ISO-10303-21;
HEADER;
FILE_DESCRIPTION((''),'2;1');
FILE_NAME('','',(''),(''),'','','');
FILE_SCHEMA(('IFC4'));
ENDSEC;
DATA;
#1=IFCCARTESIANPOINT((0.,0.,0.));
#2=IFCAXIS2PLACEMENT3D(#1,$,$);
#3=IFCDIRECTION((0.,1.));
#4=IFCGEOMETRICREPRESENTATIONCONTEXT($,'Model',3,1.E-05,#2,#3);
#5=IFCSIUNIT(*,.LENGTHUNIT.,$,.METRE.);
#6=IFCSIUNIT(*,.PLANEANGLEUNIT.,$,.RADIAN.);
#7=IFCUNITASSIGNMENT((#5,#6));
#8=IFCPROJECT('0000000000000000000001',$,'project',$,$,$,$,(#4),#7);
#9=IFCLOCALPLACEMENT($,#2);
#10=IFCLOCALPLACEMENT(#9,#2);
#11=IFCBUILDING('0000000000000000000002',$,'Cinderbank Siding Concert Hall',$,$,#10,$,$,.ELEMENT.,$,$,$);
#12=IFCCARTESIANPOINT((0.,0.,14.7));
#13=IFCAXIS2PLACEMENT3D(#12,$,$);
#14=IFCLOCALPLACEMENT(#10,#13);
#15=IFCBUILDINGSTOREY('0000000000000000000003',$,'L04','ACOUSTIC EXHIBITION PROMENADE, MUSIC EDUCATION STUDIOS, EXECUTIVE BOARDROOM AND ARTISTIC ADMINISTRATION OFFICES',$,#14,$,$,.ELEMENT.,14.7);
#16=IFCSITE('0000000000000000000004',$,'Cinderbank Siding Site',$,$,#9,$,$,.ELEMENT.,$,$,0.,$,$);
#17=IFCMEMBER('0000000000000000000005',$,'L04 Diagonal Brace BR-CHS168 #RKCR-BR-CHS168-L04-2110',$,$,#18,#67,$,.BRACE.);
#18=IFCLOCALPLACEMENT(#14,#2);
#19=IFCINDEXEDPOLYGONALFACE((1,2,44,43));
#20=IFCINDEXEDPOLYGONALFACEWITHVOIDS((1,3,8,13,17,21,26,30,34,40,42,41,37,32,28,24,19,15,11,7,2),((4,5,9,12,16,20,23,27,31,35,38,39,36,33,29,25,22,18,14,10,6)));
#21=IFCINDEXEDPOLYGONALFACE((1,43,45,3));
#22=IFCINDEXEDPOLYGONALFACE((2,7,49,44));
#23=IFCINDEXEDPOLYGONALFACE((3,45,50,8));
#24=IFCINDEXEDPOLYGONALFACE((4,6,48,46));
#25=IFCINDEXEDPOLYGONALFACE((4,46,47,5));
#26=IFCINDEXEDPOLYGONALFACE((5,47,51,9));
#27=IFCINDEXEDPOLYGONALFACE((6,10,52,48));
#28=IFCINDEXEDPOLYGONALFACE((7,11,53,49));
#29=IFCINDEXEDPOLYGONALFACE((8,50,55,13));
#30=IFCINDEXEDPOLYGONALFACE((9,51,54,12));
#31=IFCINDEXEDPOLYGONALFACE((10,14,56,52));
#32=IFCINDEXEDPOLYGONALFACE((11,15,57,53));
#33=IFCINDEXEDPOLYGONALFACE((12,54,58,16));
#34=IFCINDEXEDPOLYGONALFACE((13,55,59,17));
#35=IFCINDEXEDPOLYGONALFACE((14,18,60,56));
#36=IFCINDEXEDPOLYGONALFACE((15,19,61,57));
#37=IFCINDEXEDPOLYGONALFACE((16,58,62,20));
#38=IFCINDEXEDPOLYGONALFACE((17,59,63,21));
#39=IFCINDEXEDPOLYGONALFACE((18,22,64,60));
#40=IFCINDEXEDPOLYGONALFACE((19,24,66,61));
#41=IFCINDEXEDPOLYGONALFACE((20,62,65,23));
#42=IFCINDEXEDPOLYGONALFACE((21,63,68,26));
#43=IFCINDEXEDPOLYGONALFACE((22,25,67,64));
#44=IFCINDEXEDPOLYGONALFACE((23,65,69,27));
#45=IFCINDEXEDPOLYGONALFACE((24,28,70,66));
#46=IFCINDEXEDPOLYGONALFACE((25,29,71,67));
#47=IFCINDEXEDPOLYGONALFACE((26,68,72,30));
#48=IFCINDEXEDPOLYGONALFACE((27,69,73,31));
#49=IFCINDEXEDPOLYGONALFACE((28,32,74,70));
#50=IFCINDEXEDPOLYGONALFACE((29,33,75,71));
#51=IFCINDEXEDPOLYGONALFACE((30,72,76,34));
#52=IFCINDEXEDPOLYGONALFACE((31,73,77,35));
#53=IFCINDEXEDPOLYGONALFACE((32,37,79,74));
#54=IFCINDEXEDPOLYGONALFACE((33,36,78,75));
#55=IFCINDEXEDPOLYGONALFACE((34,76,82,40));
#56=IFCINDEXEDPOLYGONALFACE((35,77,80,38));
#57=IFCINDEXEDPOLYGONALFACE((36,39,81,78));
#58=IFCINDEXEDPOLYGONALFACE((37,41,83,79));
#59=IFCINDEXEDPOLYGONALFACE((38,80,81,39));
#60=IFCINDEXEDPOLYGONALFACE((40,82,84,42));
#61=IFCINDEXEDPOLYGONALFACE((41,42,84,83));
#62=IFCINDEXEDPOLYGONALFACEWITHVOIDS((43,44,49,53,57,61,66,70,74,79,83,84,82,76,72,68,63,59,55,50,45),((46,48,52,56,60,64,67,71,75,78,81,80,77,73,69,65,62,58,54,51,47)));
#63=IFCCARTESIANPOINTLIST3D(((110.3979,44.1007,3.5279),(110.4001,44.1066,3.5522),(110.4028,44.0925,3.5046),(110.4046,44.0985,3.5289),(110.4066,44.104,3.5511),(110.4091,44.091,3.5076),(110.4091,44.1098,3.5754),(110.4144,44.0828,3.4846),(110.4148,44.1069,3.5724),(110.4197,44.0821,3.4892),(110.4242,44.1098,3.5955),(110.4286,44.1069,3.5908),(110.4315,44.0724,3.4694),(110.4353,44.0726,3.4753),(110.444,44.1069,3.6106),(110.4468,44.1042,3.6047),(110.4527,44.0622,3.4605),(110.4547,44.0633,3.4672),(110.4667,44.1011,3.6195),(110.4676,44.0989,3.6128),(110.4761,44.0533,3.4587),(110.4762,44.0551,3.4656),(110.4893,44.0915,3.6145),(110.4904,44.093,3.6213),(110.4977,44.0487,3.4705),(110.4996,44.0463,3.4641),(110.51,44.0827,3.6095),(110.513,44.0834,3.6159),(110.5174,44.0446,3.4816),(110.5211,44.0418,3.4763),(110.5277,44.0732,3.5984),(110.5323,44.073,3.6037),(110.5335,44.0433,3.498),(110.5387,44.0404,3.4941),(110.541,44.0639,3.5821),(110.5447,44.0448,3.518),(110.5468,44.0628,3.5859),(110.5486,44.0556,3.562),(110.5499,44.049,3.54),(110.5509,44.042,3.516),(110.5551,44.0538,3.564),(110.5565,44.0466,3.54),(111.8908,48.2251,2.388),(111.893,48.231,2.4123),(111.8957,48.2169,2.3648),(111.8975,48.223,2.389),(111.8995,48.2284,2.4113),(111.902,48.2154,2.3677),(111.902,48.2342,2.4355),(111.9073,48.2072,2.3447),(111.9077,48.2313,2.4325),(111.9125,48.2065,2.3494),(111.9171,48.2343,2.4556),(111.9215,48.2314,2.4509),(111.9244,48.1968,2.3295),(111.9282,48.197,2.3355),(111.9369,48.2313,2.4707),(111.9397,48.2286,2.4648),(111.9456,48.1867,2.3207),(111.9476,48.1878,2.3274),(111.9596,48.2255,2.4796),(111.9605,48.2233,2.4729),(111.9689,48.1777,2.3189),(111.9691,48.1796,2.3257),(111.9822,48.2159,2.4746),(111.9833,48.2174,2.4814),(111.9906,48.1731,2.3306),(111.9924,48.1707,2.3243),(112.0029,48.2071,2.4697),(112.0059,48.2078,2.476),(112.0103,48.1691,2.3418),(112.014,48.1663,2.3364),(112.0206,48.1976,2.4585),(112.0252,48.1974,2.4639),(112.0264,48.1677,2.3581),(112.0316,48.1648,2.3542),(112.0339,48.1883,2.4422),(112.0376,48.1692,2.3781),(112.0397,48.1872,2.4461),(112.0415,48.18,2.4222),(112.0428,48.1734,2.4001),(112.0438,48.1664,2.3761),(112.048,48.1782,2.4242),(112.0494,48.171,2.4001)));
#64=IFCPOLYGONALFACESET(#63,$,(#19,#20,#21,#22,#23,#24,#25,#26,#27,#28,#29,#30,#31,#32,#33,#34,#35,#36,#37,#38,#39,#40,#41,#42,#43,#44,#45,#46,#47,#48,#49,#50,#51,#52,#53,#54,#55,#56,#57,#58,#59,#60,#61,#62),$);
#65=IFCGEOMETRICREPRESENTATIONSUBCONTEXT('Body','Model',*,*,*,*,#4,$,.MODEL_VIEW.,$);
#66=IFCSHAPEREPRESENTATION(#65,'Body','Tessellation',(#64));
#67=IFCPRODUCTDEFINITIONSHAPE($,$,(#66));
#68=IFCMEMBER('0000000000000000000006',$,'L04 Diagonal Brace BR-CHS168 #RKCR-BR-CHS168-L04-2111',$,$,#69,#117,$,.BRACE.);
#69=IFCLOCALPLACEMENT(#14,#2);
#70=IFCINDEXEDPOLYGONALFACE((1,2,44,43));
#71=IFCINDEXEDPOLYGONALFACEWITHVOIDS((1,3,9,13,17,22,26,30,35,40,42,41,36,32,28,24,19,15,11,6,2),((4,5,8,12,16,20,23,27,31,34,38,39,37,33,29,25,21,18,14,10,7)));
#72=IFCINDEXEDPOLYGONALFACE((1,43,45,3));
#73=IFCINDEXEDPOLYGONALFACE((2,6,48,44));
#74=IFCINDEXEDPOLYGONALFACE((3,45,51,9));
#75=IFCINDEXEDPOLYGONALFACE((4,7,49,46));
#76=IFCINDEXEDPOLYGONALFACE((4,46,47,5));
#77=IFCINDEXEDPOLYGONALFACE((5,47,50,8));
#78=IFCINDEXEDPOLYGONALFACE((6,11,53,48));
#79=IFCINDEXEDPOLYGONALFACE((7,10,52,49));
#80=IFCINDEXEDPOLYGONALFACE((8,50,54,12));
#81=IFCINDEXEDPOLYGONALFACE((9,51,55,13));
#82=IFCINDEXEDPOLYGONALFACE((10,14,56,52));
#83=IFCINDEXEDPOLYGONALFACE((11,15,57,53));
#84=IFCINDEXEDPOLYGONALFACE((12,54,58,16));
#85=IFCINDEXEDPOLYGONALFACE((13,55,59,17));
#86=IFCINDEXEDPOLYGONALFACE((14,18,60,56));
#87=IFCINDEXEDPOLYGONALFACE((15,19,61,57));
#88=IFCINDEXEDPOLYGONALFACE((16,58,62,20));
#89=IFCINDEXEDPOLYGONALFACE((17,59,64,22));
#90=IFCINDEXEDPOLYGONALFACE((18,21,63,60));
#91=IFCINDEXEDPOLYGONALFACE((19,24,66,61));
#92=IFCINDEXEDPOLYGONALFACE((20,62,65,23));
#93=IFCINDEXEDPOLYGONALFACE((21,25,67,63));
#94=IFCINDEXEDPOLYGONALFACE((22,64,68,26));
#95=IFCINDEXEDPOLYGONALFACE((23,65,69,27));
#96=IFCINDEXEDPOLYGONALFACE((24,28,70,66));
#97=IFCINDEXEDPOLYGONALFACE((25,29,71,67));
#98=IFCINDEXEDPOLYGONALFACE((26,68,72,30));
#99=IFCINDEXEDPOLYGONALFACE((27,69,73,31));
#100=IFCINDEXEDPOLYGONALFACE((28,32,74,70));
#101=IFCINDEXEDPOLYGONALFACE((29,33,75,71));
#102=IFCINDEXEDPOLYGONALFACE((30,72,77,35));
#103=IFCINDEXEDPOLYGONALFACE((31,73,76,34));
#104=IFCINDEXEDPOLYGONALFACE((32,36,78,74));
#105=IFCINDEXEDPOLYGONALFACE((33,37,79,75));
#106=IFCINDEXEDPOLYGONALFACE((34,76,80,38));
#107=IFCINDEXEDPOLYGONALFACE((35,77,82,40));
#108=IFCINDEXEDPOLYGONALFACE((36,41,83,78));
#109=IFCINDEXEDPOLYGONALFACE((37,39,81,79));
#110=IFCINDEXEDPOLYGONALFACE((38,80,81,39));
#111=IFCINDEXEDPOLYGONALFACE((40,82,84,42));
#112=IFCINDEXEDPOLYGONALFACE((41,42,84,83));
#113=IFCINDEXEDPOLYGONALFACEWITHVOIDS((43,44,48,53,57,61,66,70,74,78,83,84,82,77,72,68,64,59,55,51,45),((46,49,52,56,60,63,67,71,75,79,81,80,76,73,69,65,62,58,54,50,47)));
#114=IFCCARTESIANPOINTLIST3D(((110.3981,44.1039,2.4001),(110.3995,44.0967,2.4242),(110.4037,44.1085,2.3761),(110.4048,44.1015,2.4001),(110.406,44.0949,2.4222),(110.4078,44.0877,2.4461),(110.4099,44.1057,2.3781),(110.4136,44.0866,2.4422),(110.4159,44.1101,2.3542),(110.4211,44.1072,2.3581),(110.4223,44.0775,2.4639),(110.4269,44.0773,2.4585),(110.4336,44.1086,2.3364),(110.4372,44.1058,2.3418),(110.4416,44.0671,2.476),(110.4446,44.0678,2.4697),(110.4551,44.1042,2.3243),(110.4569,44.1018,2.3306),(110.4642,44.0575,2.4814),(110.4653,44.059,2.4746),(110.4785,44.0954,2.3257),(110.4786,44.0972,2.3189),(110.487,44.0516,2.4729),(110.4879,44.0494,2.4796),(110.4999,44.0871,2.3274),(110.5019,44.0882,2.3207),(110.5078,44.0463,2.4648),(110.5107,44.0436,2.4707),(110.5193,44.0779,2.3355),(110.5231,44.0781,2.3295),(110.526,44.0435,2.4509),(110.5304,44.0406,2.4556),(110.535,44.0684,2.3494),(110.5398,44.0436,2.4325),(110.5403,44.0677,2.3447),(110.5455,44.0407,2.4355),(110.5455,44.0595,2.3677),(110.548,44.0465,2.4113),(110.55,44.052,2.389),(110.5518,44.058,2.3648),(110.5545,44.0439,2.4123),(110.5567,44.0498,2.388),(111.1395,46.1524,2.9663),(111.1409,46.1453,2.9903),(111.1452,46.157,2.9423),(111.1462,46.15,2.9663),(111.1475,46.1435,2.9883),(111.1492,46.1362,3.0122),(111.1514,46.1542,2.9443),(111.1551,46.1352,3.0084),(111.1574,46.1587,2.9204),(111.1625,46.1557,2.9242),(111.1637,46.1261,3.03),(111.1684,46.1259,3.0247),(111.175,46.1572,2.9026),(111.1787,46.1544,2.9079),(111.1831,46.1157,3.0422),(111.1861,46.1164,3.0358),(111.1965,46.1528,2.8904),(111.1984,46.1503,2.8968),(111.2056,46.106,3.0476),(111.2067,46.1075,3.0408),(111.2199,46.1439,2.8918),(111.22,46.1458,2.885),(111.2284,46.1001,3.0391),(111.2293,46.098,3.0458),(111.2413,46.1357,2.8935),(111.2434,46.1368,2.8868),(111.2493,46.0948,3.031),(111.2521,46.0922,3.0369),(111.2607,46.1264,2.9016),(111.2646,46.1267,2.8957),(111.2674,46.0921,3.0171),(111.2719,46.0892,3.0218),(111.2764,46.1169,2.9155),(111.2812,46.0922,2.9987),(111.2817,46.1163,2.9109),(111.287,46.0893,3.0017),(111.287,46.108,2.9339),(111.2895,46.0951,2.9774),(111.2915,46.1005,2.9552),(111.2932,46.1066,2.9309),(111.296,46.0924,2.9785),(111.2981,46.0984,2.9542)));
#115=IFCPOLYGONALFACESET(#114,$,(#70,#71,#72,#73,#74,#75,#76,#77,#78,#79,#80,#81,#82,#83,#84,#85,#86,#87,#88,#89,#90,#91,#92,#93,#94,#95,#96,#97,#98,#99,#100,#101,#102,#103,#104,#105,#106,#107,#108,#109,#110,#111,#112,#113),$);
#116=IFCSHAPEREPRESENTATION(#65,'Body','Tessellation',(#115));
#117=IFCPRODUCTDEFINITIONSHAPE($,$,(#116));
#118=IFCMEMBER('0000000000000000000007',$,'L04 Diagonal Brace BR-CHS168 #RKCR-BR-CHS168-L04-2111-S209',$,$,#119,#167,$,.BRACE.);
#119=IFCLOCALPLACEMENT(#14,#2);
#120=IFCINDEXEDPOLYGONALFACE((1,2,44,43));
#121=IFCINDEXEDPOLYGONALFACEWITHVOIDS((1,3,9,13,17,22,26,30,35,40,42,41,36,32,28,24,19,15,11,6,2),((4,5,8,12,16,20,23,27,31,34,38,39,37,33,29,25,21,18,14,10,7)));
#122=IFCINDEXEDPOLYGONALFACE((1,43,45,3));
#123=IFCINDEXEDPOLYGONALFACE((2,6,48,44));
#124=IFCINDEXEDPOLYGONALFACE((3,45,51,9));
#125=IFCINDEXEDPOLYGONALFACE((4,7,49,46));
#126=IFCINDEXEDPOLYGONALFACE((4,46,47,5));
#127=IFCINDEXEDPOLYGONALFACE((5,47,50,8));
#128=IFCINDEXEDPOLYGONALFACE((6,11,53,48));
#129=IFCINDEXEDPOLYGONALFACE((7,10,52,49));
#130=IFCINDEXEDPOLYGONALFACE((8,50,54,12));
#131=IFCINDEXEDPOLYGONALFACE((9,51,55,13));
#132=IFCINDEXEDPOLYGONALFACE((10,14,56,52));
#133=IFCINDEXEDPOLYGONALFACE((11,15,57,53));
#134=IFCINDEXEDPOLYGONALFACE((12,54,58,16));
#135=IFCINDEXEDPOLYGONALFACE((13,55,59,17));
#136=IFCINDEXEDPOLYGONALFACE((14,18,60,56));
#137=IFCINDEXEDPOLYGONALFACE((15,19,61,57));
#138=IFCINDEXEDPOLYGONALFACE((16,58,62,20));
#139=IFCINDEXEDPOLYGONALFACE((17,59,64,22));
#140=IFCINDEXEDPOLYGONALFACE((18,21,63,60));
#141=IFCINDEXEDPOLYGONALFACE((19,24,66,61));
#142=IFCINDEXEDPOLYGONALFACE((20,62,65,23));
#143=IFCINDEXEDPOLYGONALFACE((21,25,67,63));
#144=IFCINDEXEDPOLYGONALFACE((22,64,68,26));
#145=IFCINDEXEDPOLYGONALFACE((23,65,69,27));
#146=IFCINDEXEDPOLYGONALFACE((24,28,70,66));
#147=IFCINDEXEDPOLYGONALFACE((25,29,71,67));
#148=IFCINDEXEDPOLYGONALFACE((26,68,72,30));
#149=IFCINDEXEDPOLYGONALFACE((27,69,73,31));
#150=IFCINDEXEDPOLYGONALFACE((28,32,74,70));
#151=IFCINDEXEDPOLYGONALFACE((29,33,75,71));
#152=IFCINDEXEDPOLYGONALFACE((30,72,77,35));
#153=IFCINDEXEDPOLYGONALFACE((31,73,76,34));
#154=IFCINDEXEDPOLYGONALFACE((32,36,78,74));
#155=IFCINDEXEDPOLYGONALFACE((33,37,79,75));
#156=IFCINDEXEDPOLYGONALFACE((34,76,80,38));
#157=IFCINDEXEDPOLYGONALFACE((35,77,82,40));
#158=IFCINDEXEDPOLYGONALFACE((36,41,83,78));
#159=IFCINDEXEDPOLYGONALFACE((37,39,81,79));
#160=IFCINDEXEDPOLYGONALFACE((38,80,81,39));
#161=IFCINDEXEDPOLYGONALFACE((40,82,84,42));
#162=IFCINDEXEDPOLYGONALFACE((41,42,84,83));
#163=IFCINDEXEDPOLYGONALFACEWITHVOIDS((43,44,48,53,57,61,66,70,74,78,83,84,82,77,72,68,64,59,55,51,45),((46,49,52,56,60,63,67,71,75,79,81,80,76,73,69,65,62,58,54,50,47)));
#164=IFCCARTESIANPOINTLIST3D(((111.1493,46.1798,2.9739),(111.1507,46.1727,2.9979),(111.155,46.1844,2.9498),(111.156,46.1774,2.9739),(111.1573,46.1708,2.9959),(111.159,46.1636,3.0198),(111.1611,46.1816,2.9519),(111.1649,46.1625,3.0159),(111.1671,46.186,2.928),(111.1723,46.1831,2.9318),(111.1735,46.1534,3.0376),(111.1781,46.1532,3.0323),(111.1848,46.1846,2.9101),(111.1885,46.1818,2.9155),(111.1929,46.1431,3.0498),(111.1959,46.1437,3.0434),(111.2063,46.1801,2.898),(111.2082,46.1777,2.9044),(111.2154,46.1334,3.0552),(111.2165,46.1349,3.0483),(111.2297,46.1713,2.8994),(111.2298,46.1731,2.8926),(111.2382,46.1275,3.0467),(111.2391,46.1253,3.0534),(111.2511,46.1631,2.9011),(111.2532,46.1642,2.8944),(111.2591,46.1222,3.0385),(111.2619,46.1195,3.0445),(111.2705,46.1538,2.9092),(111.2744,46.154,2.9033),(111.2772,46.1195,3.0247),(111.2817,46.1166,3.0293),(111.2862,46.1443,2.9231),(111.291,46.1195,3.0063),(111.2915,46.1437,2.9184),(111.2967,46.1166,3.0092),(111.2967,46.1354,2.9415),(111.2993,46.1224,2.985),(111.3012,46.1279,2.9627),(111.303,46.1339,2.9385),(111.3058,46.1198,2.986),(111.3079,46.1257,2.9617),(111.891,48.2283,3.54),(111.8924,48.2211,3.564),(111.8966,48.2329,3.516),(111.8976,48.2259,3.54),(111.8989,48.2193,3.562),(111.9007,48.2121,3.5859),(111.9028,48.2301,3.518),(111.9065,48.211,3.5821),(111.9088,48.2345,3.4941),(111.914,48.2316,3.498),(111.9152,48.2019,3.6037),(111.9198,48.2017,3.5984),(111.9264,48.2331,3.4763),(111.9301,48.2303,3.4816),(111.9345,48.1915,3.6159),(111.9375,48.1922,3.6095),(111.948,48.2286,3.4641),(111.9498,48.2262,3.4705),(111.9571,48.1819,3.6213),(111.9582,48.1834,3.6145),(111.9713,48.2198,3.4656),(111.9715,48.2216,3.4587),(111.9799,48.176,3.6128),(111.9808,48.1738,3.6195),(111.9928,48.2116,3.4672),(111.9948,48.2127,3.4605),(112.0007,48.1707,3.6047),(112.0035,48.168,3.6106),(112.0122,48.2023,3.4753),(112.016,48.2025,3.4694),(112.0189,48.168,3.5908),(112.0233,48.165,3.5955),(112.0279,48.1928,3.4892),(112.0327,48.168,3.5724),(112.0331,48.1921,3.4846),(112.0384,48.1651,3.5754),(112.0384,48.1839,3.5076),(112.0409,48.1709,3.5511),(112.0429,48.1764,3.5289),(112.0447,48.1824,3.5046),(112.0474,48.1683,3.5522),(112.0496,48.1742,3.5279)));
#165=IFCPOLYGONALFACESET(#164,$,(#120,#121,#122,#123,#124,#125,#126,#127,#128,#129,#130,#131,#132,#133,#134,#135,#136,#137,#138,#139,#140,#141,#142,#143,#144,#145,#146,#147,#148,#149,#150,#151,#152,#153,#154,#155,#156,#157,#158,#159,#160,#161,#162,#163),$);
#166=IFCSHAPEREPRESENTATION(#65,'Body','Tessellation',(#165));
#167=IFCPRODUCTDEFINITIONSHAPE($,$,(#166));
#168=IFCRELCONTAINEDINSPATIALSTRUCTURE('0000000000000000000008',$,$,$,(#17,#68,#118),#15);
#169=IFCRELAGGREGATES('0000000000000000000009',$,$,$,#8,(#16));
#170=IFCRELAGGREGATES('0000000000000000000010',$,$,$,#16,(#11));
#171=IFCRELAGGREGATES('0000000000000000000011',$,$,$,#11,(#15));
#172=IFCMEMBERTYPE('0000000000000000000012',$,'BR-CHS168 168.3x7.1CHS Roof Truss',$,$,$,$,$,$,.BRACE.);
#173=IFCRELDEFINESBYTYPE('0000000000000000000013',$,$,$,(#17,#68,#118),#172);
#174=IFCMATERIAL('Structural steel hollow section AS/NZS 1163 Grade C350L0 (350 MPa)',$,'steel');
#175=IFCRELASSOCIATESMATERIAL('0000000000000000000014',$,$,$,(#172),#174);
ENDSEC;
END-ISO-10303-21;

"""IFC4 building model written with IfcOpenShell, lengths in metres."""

from ifc_helpers import new_model, si_unit, direction, frame, origin, origin_2d, place, context, subcontext, project, spatial, hollow_circle, extrude, material, material_profile, profile_set, type_object, element, save


model = new_model("IFC4")

# Units and contexts
model_context = context("Model", 3, precision=1e-05, world=origin(), true_north=direction((0.0, 1.0)))
body_context = subcontext(model_context, "Body", "Model", "MODEL_VIEW")
ifc_project = project(units=[si_unit("LENGTHUNIT", "METRE"), si_unit("PLANEANGLEUNIT", "RADIAN")], contexts=[model_context])

# Site, building, storey
site_placement = place(None, origin())
site = spatial("IfcSite", under=ifc_project, at=site_placement, Name="Cinderbank Siding Site", CompositionType="ELEMENT", RefElevation=0.0)
building_placement = place(site_placement, origin())
building = spatial("IfcBuilding", under=site, at=building_placement, Name="Cinderbank Siding Concert Hall", CompositionType="ELEMENT")
storey_placement = place(building_placement, frame((0.0, 0.0, 14.7)))
storey = spatial("IfcBuildingStorey", under=building, at=storey_placement, Name="L04", Description="ACOUSTIC EXHIBITION PROMENADE, MUSIC EDUCATION STUDIOS, EXECUTIVE BOARDROOM AND ARTISTIC ADMINISTRATION OFFICES", CompositionType="ELEMENT", Elevation=14.7)

# Shared definitions
ifc_material_1 = material(Name="Structural steel hollow section AS/NZS 1163 Grade C350L0 (350 MPa)", Category="steel")

# Members
ifc_material_profile_1 = material_profile(ifc_material_1, hollow_circle(Radius=0.0842, WallThickness=0.0071, at=origin_2d()), Name="168.3x7.1CHS", Category="LoadBearing")
ifc_profile_set_1 = profile_set([ifc_material_profile_1], Name="Structural steel hollow section AS/NZS 1163 Grade C350L0 (350 MPa)")
member_type = type_object("IfcMemberType", Name="BR-CHS168 168.3x7.1CHS Roof Truss", PredefinedType="BRACE", material=ifc_profile_set_1)
member_1_placement = place(storey_placement, frame((111.9702, 48.1997, 2.4001), z_axis=(-0.329412, -0.91007, 0.251516), x_axis=(0.940298, -0.340353, 0.0)))
element("IfcMember", 1, at=member_1_placement, inside=storey, type_object=member_type, Name="L04 Diagonal Brace BR-CHS168 #RKCR-BR-CHS168-L04-2110", PredefinedType="BRACE", context=body_context, shape_type="SweptSolid", body=[
    extrude(hollow_circle(Radius=0.0842, WallThickness=0.0071, at=origin_2d()), origin(), (0.0, 0.0, 1.0), 4.532),
])
for number, where, z_axis, x_axis, name in (
    (2, (110.4773, 44.0752, 2.4001), (0.32939, 0.910078, 0.251516), (-0.940306, 0.34033, 0.0), "L04 Diagonal Brace BR-CHS168 #RKCR-BR-CHS168-L04-2111"),
    (3, (111.2285, 46.1511, 2.9739), (0.329486, 0.910046, 0.251507), (-0.94027, 0.340429, 0.0), "L04 Diagonal Brace BR-CHS168 #RKCR-BR-CHS168-L04-2111-S209"),
):
    element("IfcMember", number, at=place(storey_placement, frame(where, z_axis=z_axis, x_axis=x_axis)), inside=storey, type_object=member_type, Name=name, PredefinedType="BRACE", context=body_context, shape_type="SweptSolid", body=[
        extrude(hollow_circle(Radius=0.0842, WallThickness=0.0071, at=origin_2d()), origin(), (0.0, 0.0, 1.0), 2.251),
    ])

save(model, "model.ifc")
